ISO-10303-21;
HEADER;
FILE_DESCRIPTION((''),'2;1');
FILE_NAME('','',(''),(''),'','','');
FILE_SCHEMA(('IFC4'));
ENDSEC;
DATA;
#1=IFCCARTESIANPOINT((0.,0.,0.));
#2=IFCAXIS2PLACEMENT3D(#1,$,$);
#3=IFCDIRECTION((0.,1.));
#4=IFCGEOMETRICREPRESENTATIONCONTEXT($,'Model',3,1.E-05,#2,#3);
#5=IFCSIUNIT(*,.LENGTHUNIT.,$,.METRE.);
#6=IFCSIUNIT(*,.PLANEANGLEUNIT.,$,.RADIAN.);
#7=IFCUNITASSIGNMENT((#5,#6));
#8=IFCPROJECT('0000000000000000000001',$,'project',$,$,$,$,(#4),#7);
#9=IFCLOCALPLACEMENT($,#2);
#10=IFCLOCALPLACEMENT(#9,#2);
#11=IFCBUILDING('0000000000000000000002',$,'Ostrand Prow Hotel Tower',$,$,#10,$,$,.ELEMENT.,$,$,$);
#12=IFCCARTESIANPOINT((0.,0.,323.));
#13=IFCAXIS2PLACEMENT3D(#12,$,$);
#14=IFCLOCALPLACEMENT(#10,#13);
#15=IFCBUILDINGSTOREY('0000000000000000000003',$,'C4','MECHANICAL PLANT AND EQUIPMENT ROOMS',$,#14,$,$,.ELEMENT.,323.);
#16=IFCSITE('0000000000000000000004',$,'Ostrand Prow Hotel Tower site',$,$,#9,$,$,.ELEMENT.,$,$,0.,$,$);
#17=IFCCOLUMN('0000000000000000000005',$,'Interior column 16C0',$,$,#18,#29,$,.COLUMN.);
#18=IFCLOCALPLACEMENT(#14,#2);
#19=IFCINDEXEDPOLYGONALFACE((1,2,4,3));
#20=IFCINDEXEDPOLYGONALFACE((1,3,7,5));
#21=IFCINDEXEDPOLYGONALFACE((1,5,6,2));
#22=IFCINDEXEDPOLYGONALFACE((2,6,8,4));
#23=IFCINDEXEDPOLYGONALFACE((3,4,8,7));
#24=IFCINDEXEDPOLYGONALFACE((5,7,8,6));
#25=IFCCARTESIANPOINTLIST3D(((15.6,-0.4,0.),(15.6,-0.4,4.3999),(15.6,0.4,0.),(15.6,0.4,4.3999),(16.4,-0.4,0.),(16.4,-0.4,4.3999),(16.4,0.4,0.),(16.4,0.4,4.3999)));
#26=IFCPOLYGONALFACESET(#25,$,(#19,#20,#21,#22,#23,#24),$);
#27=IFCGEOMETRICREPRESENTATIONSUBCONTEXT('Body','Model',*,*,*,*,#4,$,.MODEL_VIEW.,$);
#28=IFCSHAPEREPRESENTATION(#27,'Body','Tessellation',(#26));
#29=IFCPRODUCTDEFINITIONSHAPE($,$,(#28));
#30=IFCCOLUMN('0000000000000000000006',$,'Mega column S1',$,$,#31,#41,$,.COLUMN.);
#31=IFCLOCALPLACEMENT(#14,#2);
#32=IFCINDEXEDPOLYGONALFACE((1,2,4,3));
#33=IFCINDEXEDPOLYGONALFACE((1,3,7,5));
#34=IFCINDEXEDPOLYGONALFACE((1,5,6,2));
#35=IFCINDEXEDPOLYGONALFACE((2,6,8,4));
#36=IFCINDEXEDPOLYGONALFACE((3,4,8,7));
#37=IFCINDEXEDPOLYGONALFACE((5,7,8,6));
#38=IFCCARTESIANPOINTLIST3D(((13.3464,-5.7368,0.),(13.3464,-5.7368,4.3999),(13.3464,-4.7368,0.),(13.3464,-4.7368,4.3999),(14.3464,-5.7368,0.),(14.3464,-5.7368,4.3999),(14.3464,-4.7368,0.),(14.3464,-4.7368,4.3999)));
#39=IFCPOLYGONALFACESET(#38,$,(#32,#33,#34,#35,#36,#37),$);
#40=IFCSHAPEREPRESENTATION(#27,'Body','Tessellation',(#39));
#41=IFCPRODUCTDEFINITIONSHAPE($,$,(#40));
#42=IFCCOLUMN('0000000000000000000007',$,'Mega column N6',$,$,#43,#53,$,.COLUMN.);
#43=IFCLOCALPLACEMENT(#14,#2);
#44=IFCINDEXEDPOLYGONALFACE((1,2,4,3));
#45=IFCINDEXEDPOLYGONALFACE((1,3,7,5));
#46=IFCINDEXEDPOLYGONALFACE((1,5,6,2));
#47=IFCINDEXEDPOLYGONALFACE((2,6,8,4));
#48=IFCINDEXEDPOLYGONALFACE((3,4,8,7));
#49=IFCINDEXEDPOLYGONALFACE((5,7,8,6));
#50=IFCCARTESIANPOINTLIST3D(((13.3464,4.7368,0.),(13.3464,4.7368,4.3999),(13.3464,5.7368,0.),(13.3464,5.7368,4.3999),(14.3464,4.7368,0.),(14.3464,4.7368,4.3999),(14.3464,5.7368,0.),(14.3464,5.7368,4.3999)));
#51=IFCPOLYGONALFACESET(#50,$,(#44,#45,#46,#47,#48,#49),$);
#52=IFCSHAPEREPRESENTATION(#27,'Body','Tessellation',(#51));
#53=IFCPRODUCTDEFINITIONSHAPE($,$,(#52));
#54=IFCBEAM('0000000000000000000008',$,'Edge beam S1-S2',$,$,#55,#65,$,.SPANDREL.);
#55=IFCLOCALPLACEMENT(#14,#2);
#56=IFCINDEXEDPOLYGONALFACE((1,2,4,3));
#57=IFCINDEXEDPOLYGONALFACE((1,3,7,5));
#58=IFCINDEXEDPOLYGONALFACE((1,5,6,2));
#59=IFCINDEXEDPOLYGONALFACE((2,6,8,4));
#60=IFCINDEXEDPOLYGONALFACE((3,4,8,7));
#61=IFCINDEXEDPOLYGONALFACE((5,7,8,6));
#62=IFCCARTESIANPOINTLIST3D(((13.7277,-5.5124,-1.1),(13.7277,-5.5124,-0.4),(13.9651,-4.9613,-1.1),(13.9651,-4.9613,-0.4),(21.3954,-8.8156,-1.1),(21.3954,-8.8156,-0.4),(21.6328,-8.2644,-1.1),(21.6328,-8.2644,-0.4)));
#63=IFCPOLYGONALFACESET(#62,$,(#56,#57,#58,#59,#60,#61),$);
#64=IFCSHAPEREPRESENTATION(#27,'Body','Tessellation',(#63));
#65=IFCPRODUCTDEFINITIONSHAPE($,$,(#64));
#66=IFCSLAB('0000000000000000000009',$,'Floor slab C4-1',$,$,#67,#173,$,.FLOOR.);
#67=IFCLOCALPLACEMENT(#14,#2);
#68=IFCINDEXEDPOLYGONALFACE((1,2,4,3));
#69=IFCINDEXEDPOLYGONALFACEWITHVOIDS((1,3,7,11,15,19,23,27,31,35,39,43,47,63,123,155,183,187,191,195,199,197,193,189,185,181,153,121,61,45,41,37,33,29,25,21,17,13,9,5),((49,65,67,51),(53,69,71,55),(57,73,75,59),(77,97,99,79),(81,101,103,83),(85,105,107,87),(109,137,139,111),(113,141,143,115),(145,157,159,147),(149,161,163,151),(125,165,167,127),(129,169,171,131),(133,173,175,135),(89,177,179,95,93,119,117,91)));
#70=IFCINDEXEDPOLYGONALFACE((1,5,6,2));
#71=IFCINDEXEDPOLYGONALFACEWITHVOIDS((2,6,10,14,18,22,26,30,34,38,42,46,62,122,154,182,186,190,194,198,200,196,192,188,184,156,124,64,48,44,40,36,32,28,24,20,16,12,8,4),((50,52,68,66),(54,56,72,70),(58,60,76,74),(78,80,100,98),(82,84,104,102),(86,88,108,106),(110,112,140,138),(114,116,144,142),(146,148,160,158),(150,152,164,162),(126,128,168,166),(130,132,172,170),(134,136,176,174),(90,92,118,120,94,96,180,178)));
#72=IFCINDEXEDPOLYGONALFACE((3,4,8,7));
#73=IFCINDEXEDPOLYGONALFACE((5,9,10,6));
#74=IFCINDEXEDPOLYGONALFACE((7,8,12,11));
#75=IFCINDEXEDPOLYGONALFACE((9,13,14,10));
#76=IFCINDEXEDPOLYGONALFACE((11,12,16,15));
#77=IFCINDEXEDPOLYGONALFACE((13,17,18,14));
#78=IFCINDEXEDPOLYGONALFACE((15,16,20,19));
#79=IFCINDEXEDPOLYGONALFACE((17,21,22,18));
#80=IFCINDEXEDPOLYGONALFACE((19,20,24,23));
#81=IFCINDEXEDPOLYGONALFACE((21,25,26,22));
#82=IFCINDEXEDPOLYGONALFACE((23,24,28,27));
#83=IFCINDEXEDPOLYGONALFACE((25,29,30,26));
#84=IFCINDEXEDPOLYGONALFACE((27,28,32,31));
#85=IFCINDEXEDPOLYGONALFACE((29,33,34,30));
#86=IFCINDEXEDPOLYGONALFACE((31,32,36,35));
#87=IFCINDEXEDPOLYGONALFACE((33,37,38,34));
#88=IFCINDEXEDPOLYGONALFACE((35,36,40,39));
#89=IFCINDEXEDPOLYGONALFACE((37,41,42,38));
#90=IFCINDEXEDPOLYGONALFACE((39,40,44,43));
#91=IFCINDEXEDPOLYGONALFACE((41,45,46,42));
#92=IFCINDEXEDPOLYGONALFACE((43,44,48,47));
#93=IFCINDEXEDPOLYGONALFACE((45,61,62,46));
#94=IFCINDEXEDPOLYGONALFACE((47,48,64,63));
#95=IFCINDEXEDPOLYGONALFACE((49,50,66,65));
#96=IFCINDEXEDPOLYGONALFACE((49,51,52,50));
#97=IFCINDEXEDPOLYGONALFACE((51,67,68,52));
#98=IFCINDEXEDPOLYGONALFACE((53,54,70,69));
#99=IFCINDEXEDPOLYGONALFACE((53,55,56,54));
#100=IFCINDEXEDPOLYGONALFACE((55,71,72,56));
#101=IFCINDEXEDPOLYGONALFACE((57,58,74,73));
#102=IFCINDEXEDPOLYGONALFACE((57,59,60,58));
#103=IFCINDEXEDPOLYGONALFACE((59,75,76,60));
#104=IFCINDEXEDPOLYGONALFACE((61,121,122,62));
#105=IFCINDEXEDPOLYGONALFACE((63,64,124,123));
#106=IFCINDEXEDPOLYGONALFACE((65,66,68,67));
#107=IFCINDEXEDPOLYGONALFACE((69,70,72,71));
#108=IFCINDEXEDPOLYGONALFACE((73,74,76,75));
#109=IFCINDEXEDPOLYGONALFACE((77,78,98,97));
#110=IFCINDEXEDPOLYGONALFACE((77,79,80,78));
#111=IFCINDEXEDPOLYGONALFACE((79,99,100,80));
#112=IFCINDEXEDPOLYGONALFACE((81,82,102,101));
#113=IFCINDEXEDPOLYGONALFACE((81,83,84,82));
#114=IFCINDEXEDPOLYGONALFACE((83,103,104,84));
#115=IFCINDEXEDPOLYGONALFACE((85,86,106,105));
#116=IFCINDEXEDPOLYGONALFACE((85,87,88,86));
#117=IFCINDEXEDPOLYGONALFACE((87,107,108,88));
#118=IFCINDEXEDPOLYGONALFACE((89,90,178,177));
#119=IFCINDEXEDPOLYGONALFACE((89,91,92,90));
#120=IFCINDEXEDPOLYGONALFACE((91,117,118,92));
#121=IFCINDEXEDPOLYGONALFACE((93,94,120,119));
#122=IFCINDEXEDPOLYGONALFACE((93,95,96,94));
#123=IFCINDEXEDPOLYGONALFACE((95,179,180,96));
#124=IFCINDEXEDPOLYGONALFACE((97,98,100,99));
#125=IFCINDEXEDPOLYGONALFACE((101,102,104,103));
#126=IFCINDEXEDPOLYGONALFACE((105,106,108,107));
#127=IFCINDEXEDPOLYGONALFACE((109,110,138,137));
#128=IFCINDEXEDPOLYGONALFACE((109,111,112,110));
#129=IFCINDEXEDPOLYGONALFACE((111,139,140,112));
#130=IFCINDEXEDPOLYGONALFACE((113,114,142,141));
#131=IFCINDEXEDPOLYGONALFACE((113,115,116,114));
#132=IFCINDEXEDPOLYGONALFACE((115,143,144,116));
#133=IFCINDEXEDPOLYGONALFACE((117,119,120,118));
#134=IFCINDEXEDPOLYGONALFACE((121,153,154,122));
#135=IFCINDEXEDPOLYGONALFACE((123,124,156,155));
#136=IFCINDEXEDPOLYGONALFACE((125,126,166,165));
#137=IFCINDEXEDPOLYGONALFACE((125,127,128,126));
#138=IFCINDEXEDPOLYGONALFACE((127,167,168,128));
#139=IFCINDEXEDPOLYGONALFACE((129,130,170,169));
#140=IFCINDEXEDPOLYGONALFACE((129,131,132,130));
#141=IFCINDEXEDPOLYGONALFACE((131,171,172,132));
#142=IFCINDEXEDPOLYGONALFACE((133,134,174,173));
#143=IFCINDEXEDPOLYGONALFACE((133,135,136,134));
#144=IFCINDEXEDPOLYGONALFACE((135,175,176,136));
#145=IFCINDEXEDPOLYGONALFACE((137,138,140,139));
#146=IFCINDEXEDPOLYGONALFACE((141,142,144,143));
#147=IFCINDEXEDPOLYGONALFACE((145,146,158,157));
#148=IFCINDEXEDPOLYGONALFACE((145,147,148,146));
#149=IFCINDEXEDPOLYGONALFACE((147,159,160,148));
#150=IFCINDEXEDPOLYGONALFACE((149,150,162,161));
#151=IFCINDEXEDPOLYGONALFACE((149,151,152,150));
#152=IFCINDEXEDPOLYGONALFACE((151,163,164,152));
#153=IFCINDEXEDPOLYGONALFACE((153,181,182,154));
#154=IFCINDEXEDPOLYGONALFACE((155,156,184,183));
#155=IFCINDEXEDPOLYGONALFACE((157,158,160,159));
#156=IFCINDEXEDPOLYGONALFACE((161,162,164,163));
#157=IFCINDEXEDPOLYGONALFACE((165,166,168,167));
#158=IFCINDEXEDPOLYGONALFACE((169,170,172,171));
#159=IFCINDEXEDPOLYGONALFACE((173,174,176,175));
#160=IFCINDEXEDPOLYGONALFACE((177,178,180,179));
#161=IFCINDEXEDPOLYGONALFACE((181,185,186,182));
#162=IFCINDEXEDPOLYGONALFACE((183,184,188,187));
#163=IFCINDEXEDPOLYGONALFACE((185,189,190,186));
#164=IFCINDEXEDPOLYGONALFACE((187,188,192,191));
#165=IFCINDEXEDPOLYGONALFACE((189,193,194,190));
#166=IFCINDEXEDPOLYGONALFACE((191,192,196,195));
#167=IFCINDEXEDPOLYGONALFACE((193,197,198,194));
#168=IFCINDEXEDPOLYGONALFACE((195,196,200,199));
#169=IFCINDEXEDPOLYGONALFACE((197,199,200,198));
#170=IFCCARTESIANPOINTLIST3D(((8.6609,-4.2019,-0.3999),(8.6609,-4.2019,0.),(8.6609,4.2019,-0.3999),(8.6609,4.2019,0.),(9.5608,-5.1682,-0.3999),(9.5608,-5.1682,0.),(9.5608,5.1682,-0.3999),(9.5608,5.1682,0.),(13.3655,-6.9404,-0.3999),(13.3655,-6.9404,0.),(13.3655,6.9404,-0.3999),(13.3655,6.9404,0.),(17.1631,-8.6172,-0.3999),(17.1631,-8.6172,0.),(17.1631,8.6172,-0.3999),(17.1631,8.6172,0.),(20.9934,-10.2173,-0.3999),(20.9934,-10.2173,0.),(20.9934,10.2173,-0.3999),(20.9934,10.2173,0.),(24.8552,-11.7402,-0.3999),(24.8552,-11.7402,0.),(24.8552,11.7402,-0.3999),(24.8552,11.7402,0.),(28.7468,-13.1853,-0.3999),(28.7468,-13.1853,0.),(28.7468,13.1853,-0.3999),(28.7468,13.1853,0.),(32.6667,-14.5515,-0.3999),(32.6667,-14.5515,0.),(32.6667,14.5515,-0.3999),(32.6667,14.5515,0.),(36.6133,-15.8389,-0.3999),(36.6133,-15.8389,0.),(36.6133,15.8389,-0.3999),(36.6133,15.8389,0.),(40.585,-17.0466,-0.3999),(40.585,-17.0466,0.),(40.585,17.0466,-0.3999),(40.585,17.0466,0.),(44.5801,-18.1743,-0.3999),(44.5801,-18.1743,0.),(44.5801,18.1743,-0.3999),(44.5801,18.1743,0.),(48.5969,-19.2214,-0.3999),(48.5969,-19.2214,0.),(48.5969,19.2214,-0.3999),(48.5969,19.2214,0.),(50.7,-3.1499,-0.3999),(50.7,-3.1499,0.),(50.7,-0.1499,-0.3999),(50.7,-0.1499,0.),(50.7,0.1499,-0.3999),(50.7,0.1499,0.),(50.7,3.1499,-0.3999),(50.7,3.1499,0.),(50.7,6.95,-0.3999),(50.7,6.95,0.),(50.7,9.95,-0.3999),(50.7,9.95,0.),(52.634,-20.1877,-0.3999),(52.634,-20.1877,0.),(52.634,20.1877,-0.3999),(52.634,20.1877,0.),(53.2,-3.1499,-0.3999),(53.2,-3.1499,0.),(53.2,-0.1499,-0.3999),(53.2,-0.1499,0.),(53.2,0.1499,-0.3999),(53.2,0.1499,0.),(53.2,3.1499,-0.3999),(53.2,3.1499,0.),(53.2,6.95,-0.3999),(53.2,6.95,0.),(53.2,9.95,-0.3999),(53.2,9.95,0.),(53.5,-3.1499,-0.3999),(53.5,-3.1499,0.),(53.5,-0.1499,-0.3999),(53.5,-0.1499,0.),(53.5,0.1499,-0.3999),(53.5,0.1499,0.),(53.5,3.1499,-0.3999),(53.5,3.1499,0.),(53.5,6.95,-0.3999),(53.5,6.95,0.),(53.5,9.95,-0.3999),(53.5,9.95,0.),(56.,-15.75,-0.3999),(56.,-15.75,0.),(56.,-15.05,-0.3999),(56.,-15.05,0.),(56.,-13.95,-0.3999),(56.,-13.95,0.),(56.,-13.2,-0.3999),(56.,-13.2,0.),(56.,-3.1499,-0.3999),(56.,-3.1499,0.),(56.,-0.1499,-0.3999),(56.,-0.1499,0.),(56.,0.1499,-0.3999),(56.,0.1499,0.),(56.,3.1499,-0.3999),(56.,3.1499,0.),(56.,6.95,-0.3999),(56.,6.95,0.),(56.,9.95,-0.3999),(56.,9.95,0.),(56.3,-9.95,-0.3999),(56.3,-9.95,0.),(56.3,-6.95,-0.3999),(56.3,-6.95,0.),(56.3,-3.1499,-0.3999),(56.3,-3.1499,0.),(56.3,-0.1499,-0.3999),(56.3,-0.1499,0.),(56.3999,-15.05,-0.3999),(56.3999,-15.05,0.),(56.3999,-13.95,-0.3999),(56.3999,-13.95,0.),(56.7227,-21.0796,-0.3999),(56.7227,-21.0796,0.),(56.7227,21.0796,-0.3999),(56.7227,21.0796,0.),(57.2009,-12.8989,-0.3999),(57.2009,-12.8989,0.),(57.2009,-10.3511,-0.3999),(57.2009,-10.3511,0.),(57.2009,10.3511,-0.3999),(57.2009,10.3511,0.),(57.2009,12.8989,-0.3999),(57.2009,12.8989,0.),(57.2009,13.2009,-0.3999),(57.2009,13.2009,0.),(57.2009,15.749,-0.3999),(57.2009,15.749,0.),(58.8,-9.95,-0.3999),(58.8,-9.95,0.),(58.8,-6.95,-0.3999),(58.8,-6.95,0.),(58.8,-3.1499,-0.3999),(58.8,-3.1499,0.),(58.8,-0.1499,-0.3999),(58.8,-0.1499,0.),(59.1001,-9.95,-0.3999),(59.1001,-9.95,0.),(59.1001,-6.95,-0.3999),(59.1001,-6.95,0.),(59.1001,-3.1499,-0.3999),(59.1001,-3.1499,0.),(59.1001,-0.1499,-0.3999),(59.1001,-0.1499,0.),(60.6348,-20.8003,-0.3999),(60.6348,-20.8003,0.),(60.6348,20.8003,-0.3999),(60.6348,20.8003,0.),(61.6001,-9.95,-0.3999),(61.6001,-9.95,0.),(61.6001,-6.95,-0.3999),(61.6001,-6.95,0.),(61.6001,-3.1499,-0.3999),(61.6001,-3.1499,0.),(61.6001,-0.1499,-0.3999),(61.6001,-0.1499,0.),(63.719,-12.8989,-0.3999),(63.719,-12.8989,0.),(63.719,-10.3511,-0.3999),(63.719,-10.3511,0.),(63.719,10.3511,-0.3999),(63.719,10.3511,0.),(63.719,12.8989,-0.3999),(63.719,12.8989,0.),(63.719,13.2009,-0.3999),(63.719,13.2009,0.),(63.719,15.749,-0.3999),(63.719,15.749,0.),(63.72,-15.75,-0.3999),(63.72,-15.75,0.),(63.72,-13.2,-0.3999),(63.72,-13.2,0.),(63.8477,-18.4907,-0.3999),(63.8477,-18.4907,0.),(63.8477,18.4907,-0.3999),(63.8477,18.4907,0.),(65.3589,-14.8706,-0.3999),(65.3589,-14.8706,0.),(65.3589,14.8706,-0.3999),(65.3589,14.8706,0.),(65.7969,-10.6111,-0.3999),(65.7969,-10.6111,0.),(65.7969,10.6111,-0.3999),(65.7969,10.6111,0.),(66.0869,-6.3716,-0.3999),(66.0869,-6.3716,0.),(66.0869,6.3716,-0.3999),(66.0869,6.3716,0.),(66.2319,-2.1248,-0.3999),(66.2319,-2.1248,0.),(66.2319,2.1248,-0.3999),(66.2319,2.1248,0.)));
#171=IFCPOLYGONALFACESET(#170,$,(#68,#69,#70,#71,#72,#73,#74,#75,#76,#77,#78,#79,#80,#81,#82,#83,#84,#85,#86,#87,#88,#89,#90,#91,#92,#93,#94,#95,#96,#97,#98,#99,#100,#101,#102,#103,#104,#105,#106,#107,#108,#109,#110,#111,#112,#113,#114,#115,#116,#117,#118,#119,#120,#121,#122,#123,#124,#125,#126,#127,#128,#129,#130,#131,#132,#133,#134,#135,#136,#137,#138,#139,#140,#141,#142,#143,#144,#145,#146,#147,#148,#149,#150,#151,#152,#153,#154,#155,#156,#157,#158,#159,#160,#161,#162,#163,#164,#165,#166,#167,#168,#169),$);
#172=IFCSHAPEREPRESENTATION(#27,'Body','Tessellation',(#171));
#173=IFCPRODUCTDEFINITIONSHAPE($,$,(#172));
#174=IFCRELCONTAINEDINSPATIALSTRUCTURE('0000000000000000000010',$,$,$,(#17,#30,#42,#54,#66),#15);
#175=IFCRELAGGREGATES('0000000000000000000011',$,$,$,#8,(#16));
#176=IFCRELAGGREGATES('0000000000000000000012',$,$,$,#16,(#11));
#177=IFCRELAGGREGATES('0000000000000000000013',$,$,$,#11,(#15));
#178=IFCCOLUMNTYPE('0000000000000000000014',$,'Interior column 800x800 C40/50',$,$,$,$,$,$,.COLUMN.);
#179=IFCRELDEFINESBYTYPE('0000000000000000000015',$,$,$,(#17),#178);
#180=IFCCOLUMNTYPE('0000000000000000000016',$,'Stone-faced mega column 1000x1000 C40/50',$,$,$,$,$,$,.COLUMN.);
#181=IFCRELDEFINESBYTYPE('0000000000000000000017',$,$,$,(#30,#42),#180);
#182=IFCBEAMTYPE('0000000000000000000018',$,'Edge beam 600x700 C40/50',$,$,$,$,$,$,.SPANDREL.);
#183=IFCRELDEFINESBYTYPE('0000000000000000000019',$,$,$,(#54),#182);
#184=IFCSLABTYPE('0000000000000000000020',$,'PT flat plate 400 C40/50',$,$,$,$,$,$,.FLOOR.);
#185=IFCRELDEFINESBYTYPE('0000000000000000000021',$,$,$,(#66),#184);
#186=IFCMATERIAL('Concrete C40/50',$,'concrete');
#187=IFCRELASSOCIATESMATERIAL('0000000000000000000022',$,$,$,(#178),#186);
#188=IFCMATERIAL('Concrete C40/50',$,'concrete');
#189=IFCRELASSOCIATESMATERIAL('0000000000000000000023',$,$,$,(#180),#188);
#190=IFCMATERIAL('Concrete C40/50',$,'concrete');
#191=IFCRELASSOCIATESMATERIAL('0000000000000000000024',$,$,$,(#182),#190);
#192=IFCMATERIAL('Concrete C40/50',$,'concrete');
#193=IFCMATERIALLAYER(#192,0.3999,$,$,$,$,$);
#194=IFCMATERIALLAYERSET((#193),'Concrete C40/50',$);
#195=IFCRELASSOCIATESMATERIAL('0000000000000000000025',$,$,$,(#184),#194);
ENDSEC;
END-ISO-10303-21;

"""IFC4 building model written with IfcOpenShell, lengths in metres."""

from ifc_helpers import new_model, si_unit, direction, frame, origin, origin_2d, place, context, subcontext, project, spatial, polyline, rectangle, outline, extrude, material, layer, layer_set, material_profile, profile_set, type_object, element, save


model = new_model("IFC4")

# Units and contexts
model_context = context("Model", 3, precision=1e-05, world=origin(), true_north=direction((0.0, 1.0)))
body_context = subcontext(model_context, "Body", "Model", "MODEL_VIEW")
ifc_project = project(units=[si_unit("LENGTHUNIT", "METRE"), si_unit("PLANEANGLEUNIT", "RADIAN")], contexts=[model_context])

# Site, building, storey
site_placement = place(None, origin())
site = spatial("IfcSite", under=ifc_project, at=site_placement, Name="Ostrand Prow Hotel Tower site", CompositionType="ELEMENT", RefElevation=0.0)
building_placement = place(site_placement, origin())
building = spatial("IfcBuilding", under=site, at=building_placement, Name="Ostrand Prow Hotel Tower", CompositionType="ELEMENT")
storey_placement = place(building_placement, frame((0.0, 0.0, 323.0)))
storey = spatial("IfcBuildingStorey", under=building, at=storey_placement, Name="C4", Description="MECHANICAL PLANT AND EQUIPMENT ROOMS", CompositionType="ELEMENT", Elevation=323.0)

# Columns
ifc_material_1 = material(Name="Concrete C40/50", Category="concrete")
ifc_material_profile_1 = material_profile(ifc_material_1, rectangle(XDim=0.8, YDim=0.8, at=origin_2d()), Name="RC 800x800")
ifc_profile_set_1 = profile_set([ifc_material_profile_1], Name="Concrete C40/50")
column_type_1 = type_object("IfcColumnType", Name="Interior column 800x800 C40/50", PredefinedType="COLUMN", material=ifc_profile_set_1)
column_placement = place(storey_placement, frame((16.0, 0.0, 0.0), z_axis=(0.0, 0.0, 1.0), x_axis=(1.0, 0.0, 0.0)))
element("IfcColumn", 1, at=column_placement, inside=storey, type_object=column_type_1, Name="Interior column 16C0", PredefinedType="COLUMN", context=body_context, shape_type="SweptSolid", body=[
    extrude(rectangle(XDim=0.8, YDim=0.8, at=origin_2d()), origin(), (0.0, 0.0, 1.0), 4.3999),
])
ifc_material_2 = material(Name="Concrete C40/50", Category="concrete")
ifc_material_profile_2 = material_profile(ifc_material_2, rectangle(XDim=1.0, YDim=1.0, at=origin_2d()), Name="RC 1000x1000")
ifc_profile_set_2 = profile_set([ifc_material_profile_2], Name="Concrete C40/50")
column_type_2 = type_object("IfcColumnType", Name="Stone-faced mega column 1000x1000 C40/50", PredefinedType="COLUMN", material=ifc_profile_set_2)
for number, where, z_axis, x_axis, name in (
    (2, (13.8464, -5.2368, 0.0), (0.0, 0.0, 1.0), (1.0, 0.0, 0.0), "Mega column S1"),
    (3, (13.8464, 5.2368, 0.0), (0.0, 0.0, 1.0), (1.0, 0.0, 0.0), "Mega column N6"),
):
    element("IfcColumn", number, at=place(storey_placement, frame(where, z_axis=z_axis, x_axis=x_axis)), inside=storey, type_object=column_type_2, Name=name, PredefinedType="COLUMN", context=body_context, shape_type="SweptSolid", body=[
        extrude(rectangle(XDim=1.0, YDim=1.0, at=origin_2d()), origin(), (0.0, 0.0, 1.0), 4.3999),
    ])

# Beam
ifc_material_3 = material(Name="Concrete C40/50", Category="concrete")
ifc_material_profile_3 = material_profile(ifc_material_3, rectangle(XDim=0.6001, YDim=0.7, at=origin_2d()), Name="RC 600x700")
ifc_profile_set_3 = profile_set([ifc_material_profile_3], Name="Concrete C40/50")
beam_type = type_object("IfcBeamType", Name="Edge beam 600x700 C40/50", PredefinedType="SPANDREL", material=ifc_profile_set_3)
beam_placement = place(storey_placement, frame((13.8464, -5.2368, -0.75), z_axis=(0.918404, -0.395644, 0.0), x_axis=(0.395644, 0.918404, 0.0)))
element("IfcBeam", 4, at=beam_placement, inside=storey, type_object=beam_type, Name="Edge beam S1-S2", PredefinedType="SPANDREL", context=body_context, shape_type="SweptSolid", body=[
    extrude(rectangle(XDim=0.6001, YDim=0.7, at=origin_2d()), origin(), (0.0, 0.0, 1.0), 8.3489),
])

# Slab, opening
ifc_material_4 = material(Name="Concrete C40/50", Category="concrete")
ifc_layer_1 = layer(ifc_material_4, 0.3999)
ifc_layer_set_1 = layer_set([ifc_layer_1], Name="Concrete C40/50")
slab_type_1 = type_object("IfcSlabType", Name="PT flat plate 400 C40/50", PredefinedType="FLOOR", material=ifc_layer_set_1)
slab_1_placement = place(storey_placement, frame((0.0, 0.0, -0.3999)))
slab_1 = element("IfcSlab", 5, at=slab_1_placement, inside=storey, type_object=slab_type_1, Name="Floor slab C4-1", PredefinedType="FLOOR", context=body_context, shape_type="SweptSolid", body=[
    extrude(outline(polyline([(9.5608, 5.1682), (13.3655, 6.9404), (17.1631, 8.6172), (20.9934, 10.2173), (24.8552, 11.7402), (28.7468, 13.1853), (32.6667, 14.5515), (36.6133, 15.8389), (40.585, 17.0466), (44.5801, 18.1743), (48.5969, 19.2214), (52.634, 20.1877), (56.7227, 21.0796), (60.6348, 20.8003), (63.8477, 18.4907), (65.3589, 14.8706), (65.7969, 10.6111), (66.0869, 6.3716), (66.2319, 2.1248), (66.2319, -2.1248), (66.0869, -6.3716), (65.7969, -10.6111), (65.3589, -14.8706), (63.8477, -18.4907), (60.6348, -20.8003), (56.7227, -21.0796), (52.634, -20.1877), (48.5969, -19.2214), (44.5801, -18.1743), (40.585, -17.0466), (36.6133, -15.8389), (32.6667, -14.5515), (28.7468, -13.1853), (24.8552, -11.7402), (20.9934, -10.2173), (17.1631, -8.6172), (13.3655, -6.9404), (9.5608, -5.1682), (8.6609, -4.2019), (8.6609, 4.2019), (9.5608, 5.1682)]), holes=[polyline([(50.7, 6.95), (53.2, 6.95), (53.2, 9.95), (50.7, 9.95), (50.7, 6.95)]), polyline([(53.5, 6.95), (56.0, 6.95), (56.0, 9.95), (53.5, 9.95), (53.5, 6.95)]), polyline([(50.7, 0.1499), (53.2, 0.1499), (53.2, 3.1499), (50.7, 3.1499), (50.7, 0.1499)]), polyline([(53.5, 0.1499), (56.0, 0.1499), (56.0, 3.1499), (53.5, 3.1499), (53.5, 0.1499)]), polyline([(50.7, -3.1499), (53.2, -3.1499), (53.2, -0.1499), (50.7, -0.1499), (50.7, -3.1499)]), polyline([(53.5, -3.1499), (56.0, -3.1499), (56.0, -0.1499), (53.5, -0.1499), (53.5, -3.1499)]), polyline([(56.3, -3.1499), (58.8, -3.1499), (58.8, -0.1499), (56.3, -0.1499), (56.3, -3.1499)]), polyline([(59.1001, -3.1499), (61.6001, -3.1499), (61.6001, -0.1499), (59.1001, -0.1499), (59.1001, -3.1499)]), polyline([(56.3, -9.95), (58.8, -9.95), (58.8, -6.95), (56.3, -6.95), (56.3, -9.95)]), polyline([(59.1001, -9.95), (61.6001, -9.95), (61.6001, -6.95), (59.1001, -6.95), (59.1001, -9.95)]), polyline([(57.2009, 10.3511), (57.2009, 12.8989), (63.719, 12.8989), (63.719, 10.3511), (57.2009, 10.3511)]), polyline([(57.2009, 13.2009), (57.2009, 15.749), (63.719, 15.749), (63.719, 13.2009), (57.2009, 13.2009)]), polyline([(57.2009, -12.8989), (57.2009, -10.3511), (63.719, -10.3511), (63.719, -12.8989), (57.2009, -12.8989)]), polyline([(56.0, -13.95), (56.0, -13.2), (63.72, -13.2), (63.72, -15.75), (56.0, -15.75), (56.0, -15.05), (56.3999, -15.05), (56.3999, -13.95), (56.0, -13.95)])]), origin(), (0.0, 0.0, 1.0), 0.3999),
])
opening_1_placement = place(slab_1_placement, origin())
element("IfcOpeningElement", 6, at=opening_1_placement, cuts=slab_1, PredefinedType="OPENING", context=body_context, shape_type="SweptSolid", body=[
    extrude(outline(polyline([(56.0, -13.95), (56.0, -13.2), (63.72, -13.2), (63.72, -15.75), (56.0, -15.75), (56.0, -15.05), (56.3999, -15.05), (56.3999, -13.95), (56.0, -13.95)])), origin(), (0.0, 0.0, 1.0), 0.3999),
])

save(model, "model.ifc")
